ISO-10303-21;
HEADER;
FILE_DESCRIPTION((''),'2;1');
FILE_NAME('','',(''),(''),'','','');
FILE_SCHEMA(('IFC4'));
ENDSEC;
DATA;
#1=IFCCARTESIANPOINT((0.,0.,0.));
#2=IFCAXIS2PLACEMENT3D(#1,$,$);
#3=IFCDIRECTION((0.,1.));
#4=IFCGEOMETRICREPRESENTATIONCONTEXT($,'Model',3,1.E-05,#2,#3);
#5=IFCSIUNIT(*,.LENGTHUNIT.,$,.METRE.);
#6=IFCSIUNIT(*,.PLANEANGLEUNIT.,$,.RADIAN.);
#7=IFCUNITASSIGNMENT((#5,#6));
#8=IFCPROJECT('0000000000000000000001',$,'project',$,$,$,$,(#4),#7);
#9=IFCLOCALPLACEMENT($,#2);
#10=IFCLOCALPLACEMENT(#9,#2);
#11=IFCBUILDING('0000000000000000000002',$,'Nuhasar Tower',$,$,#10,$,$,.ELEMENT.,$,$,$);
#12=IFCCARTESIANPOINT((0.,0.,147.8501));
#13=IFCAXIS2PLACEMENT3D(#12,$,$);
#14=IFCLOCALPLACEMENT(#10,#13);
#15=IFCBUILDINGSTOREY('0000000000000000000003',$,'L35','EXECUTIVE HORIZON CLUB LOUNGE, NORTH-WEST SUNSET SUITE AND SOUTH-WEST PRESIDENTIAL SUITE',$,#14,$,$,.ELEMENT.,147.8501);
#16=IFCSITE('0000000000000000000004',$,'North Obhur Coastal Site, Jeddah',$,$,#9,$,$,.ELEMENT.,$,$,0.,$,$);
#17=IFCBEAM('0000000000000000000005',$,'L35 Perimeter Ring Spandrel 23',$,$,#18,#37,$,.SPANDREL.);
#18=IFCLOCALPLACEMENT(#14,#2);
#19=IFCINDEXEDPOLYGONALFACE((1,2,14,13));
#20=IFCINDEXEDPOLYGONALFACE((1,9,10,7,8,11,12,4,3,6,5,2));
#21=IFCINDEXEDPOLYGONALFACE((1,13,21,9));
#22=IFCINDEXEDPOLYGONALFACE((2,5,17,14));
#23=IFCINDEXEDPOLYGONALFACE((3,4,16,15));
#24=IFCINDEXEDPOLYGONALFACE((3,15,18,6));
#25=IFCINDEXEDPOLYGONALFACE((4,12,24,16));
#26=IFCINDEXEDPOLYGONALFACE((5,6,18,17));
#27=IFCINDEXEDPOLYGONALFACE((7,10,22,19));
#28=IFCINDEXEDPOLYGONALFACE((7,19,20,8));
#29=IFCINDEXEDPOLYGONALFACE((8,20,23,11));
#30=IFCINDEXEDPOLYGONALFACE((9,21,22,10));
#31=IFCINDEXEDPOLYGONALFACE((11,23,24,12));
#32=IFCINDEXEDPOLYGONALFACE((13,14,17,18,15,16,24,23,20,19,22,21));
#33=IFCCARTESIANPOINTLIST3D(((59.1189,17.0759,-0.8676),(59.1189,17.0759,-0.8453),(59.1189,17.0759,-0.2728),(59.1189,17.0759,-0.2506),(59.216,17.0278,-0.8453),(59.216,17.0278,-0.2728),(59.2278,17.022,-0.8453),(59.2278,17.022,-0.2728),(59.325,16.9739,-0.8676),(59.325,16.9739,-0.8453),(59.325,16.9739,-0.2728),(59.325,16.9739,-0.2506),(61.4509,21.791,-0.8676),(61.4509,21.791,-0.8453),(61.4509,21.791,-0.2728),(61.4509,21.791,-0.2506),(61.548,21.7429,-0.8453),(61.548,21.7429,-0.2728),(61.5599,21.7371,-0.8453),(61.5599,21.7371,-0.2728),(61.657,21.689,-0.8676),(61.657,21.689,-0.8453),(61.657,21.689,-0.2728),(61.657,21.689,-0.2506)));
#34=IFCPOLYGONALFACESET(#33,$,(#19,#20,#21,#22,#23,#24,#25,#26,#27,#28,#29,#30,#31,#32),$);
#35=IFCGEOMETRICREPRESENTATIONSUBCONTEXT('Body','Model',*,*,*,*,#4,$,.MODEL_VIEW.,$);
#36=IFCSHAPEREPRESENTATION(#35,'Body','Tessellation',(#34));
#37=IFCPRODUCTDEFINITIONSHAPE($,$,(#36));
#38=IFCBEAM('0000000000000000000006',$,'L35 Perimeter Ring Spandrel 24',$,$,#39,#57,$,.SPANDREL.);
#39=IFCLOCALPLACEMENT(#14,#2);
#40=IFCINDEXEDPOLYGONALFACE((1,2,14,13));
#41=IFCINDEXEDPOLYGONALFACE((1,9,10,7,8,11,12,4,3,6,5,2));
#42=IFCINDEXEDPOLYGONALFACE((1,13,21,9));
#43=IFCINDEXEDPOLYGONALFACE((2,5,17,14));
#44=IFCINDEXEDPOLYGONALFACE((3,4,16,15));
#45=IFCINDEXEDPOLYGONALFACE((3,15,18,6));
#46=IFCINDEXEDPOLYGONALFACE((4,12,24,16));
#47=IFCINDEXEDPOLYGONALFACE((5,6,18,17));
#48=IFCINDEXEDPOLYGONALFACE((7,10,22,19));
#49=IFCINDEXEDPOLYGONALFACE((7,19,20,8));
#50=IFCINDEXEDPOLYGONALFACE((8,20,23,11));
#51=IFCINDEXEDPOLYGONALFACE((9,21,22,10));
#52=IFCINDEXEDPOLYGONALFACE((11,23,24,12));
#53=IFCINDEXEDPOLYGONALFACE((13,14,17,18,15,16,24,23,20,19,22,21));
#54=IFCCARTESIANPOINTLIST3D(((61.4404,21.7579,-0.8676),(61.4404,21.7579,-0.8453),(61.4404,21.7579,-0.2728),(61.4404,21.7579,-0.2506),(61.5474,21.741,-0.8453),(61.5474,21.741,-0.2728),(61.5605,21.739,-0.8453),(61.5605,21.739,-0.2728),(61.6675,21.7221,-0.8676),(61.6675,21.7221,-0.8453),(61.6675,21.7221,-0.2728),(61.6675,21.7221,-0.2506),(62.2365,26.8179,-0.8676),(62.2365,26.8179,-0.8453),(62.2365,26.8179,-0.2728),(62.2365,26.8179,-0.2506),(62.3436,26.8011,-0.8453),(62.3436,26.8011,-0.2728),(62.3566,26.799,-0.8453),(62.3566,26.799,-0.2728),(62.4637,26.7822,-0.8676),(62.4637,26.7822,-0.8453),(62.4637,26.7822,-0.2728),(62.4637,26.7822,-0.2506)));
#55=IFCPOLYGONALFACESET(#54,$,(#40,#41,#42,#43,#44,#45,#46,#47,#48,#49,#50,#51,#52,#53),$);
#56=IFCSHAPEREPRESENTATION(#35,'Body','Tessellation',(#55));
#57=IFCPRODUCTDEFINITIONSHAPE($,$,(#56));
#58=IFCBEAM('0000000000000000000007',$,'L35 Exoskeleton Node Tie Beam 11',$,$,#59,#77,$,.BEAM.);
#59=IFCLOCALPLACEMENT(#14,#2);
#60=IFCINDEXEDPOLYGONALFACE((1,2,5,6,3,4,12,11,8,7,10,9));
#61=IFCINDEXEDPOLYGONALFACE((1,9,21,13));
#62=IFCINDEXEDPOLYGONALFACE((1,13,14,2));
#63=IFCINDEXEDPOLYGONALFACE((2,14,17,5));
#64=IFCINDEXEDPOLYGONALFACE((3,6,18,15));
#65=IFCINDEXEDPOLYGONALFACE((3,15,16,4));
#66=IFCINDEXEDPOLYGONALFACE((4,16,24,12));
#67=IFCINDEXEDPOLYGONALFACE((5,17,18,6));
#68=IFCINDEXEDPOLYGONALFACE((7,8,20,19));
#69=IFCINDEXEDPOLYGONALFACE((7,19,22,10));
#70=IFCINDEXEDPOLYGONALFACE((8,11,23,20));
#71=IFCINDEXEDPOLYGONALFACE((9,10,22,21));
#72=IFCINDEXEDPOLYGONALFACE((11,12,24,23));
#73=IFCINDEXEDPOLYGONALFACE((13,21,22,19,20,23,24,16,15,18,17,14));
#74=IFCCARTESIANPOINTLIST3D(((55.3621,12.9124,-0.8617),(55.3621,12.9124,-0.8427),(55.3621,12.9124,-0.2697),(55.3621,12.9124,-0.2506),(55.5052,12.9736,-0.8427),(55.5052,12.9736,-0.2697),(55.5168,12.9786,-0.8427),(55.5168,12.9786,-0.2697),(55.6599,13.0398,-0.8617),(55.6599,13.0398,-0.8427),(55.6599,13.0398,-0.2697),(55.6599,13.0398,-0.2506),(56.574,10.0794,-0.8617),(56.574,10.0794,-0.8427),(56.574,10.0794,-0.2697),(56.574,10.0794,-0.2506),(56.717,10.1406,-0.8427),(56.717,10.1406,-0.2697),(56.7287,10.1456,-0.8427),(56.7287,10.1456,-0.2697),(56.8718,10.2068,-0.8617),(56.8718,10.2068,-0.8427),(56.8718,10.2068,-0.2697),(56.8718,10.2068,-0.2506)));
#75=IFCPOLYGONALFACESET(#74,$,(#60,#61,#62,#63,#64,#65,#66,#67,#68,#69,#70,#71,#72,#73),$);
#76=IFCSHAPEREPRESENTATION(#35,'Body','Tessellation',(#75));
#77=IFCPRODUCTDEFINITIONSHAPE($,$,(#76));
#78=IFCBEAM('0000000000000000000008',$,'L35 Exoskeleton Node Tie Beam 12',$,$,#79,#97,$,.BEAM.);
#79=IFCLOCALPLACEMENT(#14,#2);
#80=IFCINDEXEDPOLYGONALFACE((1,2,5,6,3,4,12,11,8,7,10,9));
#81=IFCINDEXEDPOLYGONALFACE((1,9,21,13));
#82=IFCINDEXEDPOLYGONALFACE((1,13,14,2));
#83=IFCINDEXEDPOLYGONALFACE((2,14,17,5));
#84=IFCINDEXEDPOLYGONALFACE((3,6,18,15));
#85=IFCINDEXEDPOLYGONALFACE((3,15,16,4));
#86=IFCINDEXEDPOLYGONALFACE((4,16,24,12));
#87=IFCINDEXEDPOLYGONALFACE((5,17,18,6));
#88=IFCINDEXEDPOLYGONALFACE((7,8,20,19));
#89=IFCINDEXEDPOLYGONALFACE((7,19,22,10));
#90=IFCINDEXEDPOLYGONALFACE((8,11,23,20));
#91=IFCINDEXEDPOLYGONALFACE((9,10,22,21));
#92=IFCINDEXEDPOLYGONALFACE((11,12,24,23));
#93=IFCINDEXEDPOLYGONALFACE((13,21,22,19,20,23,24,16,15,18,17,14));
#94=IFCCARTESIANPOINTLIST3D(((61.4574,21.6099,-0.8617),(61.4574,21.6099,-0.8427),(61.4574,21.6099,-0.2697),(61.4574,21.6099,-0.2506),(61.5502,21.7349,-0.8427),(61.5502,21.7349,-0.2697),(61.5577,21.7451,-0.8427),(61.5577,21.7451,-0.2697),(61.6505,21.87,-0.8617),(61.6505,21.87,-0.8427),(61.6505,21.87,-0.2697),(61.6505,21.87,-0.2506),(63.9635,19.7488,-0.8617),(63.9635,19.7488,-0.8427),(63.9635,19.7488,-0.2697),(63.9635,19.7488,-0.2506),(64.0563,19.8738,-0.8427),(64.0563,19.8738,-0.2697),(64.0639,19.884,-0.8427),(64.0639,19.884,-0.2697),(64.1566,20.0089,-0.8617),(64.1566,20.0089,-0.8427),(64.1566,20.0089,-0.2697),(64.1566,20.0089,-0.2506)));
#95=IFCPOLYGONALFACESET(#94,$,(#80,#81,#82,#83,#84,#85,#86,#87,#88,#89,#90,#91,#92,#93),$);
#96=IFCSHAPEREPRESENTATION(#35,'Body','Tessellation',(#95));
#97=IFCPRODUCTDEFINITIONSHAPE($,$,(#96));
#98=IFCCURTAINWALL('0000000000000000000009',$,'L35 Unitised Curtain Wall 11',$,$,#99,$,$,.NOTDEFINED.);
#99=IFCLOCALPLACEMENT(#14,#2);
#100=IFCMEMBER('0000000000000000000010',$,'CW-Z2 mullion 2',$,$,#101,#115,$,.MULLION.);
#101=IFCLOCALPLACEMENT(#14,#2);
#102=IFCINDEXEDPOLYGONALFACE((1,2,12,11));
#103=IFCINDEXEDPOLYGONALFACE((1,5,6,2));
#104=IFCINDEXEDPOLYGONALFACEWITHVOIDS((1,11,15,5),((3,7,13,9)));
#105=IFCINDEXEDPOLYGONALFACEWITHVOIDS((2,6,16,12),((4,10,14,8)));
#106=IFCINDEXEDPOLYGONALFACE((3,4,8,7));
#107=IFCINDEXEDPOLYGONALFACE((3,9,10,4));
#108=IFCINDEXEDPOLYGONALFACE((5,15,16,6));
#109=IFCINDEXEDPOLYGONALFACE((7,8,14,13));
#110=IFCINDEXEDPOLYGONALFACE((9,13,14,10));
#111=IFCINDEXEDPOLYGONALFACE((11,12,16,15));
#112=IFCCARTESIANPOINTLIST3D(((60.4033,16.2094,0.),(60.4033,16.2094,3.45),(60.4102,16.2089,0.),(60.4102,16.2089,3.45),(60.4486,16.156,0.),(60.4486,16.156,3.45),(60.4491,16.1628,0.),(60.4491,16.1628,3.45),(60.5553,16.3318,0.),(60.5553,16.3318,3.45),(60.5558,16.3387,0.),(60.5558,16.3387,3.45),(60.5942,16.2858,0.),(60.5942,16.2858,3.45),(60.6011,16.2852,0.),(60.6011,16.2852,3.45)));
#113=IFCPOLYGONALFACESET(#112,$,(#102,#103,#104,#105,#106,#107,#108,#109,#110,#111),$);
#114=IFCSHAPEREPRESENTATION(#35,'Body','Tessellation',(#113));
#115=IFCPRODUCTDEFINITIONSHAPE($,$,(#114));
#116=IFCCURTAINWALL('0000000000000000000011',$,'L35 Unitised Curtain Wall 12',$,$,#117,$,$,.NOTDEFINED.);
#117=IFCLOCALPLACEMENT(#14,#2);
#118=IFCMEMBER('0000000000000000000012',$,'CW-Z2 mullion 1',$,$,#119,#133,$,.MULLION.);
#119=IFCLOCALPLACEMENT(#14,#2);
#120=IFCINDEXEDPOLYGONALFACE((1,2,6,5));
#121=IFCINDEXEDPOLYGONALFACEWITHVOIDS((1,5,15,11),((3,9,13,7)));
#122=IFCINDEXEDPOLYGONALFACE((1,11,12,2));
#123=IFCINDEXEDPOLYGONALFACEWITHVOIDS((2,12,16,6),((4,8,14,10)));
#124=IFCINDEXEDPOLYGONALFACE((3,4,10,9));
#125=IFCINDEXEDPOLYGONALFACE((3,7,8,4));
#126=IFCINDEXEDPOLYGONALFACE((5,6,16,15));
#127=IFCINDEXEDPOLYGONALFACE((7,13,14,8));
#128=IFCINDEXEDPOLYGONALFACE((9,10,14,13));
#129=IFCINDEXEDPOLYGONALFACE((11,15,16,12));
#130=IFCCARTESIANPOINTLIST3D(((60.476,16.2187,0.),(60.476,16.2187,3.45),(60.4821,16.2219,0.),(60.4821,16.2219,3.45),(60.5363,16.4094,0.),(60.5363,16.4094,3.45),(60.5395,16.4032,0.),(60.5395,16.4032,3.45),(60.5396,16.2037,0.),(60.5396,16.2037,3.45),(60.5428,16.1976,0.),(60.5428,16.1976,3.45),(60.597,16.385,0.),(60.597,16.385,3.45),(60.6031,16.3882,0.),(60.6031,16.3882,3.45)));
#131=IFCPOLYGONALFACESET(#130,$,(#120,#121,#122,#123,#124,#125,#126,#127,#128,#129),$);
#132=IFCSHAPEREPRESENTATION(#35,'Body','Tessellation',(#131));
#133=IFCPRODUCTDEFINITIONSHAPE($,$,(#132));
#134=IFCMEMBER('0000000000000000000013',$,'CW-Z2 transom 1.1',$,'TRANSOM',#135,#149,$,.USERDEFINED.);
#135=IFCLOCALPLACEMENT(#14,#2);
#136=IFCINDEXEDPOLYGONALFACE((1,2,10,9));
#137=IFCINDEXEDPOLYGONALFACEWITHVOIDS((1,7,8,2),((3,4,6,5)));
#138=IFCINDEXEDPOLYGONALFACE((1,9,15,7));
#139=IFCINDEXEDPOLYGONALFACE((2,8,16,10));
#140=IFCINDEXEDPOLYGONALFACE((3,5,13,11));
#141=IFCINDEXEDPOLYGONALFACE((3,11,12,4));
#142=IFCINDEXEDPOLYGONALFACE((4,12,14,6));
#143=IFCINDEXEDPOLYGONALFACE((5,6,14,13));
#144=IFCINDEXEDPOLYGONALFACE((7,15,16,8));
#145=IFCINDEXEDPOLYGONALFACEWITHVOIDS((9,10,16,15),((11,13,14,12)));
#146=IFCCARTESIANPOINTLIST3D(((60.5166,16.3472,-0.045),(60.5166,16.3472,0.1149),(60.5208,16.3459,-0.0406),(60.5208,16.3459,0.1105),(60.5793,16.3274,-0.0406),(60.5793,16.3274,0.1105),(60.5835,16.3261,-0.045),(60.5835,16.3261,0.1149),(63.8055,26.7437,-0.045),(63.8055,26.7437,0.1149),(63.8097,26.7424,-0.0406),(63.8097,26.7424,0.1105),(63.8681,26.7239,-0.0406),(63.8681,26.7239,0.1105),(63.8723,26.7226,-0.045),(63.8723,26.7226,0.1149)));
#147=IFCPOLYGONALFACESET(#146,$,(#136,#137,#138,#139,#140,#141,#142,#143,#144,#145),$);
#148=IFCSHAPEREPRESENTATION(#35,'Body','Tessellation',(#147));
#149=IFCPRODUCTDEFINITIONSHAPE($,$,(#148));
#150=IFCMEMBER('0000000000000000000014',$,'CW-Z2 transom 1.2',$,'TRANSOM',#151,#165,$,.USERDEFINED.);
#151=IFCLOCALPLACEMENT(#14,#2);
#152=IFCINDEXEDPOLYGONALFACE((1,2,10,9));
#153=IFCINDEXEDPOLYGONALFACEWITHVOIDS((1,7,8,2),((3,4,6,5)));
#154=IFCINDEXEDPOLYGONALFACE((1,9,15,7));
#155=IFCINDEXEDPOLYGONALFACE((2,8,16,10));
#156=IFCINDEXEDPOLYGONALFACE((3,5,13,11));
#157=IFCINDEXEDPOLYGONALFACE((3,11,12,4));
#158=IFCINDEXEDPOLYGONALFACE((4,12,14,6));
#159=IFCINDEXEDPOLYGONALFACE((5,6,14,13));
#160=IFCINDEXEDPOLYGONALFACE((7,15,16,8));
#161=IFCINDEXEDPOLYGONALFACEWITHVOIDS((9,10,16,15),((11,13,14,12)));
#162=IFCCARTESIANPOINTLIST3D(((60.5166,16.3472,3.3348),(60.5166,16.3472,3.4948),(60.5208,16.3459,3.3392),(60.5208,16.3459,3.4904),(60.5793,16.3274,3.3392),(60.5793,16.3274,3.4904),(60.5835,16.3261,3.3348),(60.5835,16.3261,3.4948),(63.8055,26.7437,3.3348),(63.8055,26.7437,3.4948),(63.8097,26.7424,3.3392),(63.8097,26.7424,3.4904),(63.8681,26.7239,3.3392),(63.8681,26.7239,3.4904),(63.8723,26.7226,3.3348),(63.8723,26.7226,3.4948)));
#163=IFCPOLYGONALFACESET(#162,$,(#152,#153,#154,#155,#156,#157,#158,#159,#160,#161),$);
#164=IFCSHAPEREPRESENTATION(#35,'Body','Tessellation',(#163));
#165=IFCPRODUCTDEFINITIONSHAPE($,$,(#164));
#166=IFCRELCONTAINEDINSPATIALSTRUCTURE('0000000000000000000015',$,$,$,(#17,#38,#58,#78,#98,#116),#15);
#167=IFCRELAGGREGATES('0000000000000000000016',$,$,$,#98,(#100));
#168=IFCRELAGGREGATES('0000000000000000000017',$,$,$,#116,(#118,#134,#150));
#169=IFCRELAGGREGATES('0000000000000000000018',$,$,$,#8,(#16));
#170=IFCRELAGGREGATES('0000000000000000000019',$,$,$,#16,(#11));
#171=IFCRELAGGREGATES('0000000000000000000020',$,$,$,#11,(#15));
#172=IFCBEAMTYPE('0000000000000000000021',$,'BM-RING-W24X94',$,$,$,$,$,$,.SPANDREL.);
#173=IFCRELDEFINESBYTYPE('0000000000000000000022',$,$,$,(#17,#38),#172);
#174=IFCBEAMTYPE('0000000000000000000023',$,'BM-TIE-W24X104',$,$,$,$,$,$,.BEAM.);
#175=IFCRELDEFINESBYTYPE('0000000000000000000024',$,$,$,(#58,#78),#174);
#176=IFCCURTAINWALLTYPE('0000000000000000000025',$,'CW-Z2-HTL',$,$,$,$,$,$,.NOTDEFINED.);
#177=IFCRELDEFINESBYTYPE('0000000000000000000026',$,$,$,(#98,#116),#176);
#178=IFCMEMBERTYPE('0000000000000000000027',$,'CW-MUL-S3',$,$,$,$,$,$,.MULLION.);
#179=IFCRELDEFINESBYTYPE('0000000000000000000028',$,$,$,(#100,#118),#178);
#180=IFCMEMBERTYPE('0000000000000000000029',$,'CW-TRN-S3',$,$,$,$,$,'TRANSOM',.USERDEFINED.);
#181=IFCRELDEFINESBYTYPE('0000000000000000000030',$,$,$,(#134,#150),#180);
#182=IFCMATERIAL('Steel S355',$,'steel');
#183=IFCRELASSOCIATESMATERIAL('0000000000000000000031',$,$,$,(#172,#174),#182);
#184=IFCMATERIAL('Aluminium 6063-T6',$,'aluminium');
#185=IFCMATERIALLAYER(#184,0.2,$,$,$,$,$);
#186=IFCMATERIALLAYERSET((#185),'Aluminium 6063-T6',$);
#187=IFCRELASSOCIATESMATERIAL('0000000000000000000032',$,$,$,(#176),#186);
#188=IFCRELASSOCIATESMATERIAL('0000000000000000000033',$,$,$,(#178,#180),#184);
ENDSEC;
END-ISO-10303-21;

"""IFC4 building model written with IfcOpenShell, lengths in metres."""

from ifc_helpers import new_model, si_unit, direction, frame, origin, origin_2d, place, context, subcontext, project, spatial, hollow_rectangle, i_section, extrude, material, layer, layer_set, material_profile, profile_set, type_object, element, aggregate, save


model = new_model("IFC4")

# Units and contexts
model_context = context("Model", 3, precision=1e-05, world=origin(), true_north=direction((0.0, 1.0)))
body_context = subcontext(model_context, "Body", "Model", "MODEL_VIEW")
ifc_project = project(units=[si_unit("LENGTHUNIT", "METRE"), si_unit("PLANEANGLEUNIT", "RADIAN")], contexts=[model_context])

# Site, building, storey
site_placement = place(None, origin())
site = spatial("IfcSite", under=ifc_project, at=site_placement, Name="North Obhur Coastal Site, Jeddah", CompositionType="ELEMENT", RefElevation=0.0)
building_placement = place(site_placement, origin())
building = spatial("IfcBuilding", under=site, at=building_placement, Name="Nuhasar Tower", CompositionType="ELEMENT")
storey_placement = place(building_placement, frame((0.0, 0.0, 147.8501)))
storey = spatial("IfcBuildingStorey", under=building, at=storey_placement, Name="L35", Description="EXECUTIVE HORIZON CLUB LOUNGE, NORTH-WEST SUNSET SUITE AND SOUTH-WEST PRESIDENTIAL SUITE", CompositionType="ELEMENT", Elevation=147.8501)

# Beams
ifc_material_1 = material(Name="Steel S355", Category="steel")
ifc_material_profile_1 = material_profile(ifc_material_1, i_section(OverallWidth=0.23, OverallDepth=0.6169, WebThickness=0.0132, FlangeThickness=0.0222, at=origin_2d()), Name="W24X94")
ifc_profile_set_1 = profile_set([ifc_material_profile_1], Name="Steel S355")
beam_type_1 = type_object("IfcBeamType", Name="BM-RING-W24X94", PredefinedType="SPANDREL", material=ifc_profile_set_1)
beam_1_placement = place(storey_placement, frame((59.2219, 17.0249, -0.5591), z_axis=(0.443329, 0.896359, 0.0), x_axis=(-0.896359, 0.443329, 0.0)))
element("IfcBeam", 1, at=beam_1_placement, inside=storey, type_object=beam_type_1, Name="L35 Perimeter Ring Spandrel 23", PredefinedType="SPANDREL", context=body_context, shape_type="SweptSolid", body=[
    extrude(i_section(OverallWidth=0.23, OverallDepth=0.6169, WebThickness=0.0132, FlangeThickness=0.0222, at=origin_2d()), origin(), (0.0, 0.0, 1.0), 5.2603),
])
beam_2_placement = place(storey_placement, frame((61.554, 21.74, -0.5591), z_axis=(0.155427, 0.987847, 0.0), x_axis=(-0.987847, 0.155427, 0.0)))
element("IfcBeam", 2, at=beam_2_placement, inside=storey, type_object=beam_type_1, Name="L35 Perimeter Ring Spandrel 24", PredefinedType="SPANDREL", context=body_context, shape_type="SweptSolid", body=[
    extrude(i_section(OverallWidth=0.23, OverallDepth=0.6169, WebThickness=0.0132, FlangeThickness=0.0222, at=origin_2d()), origin(), (0.0, 0.0, 1.0), 5.1223),
])
ifc_material_profile_2 = material_profile(ifc_material_1, i_section(OverallWidth=0.324, OverallDepth=0.6111, WebThickness=0.0127, FlangeThickness=0.019, at=origin_2d()), Name="W24X104")
ifc_profile_set_2 = profile_set([ifc_material_profile_2], Name="Steel S355")
beam_type_2 = type_object("IfcBeamType", Name="BM-TIE-W24X104", PredefinedType="BEAM", material=ifc_profile_set_2)
beam_3_placement = place(storey_placement, frame((55.511, 12.9761, -0.5562), z_axis=(0.393307, -0.919407, 0.0), x_axis=(0.919407, 0.393307, 0.0)))
element("IfcBeam", 3, at=beam_3_placement, inside=storey, type_object=beam_type_2, Name="L35 Exoskeleton Node Tie Beam 11", PredefinedType="BEAM", context=body_context, shape_type="SweptSolid", body=[
    extrude(i_section(OverallWidth=0.324, OverallDepth=0.6111, WebThickness=0.0127, FlangeThickness=0.019, at=origin_2d()), origin(), (0.0, 0.0, 1.0), 3.0813),
])
beam_4_placement = place(storey_placement, frame((61.554, 21.74, -0.5562), z_axis=(0.802835, -0.596202, 0.0), x_axis=(0.596202, 0.802835, 0.0)))
element("IfcBeam", 4, at=beam_4_placement, inside=storey, type_object=beam_type_2, Name="L35 Exoskeleton Node Tie Beam 12", PredefinedType="BEAM", context=body_context, shape_type="SweptSolid", body=[
    extrude(i_section(OverallWidth=0.324, OverallDepth=0.6111, WebThickness=0.0127, FlangeThickness=0.019, at=origin_2d()), origin(), (0.0, 0.0, 1.0), 3.1216),
])

# Curtain wall, member
ifc_material_2 = material(Name="Aluminium 6063-T6", Category="aluminium")
ifc_layer_1 = layer(ifc_material_2, 0.2)
ifc_layer_set_1 = layer_set([ifc_layer_1], Name="Aluminium 6063-T6")
curtain_wall_type = type_object("IfcCurtainWallType", Name="CW-Z2-HTL", PredefinedType="NOTDEFINED", material=ifc_layer_set_1)
curtain_wall_1_placement = place(storey_placement, origin())
curtain_wall_1 = element("IfcCurtainWall", 5, at=curtain_wall_1_placement, inside=storey, type_object=curtain_wall_type, Name="L35 Unitised Curtain Wall 11", PredefinedType="NOTDEFINED")
ifc_material_profile_3 = material_profile(ifc_material_2, hollow_rectangle(XDim=0.0701, YDim=0.2, WallThickness=0.0049, at=origin_2d()), Name="CWM-3")
ifc_profile_set_3 = profile_set([ifc_material_profile_3], Name="Aluminium 6063-T6")
member_type_1 = type_object("IfcMemberType", Name="CW-MUL-S3", PredefinedType="MULLION", material=ifc_profile_set_3)
member_1_placement = place(storey_placement, frame((60.5022, 16.2473, 0.0), z_axis=(0.0, 0.0, 1.0), x_axis=(-0.646374, 0.76302, 0.0)))
member_1 = element("IfcMember", 6, at=member_1_placement, type_object=member_type_1, Name="CW-Z2 mullion 2", PredefinedType="MULLION", context=body_context, shape_type="SweptSolid", body=[
    extrude(hollow_rectangle(XDim=0.0701, YDim=0.2, WallThickness=0.0049, at=origin_2d()), origin(), (0.0, 0.0, 1.0), 3.45),
])

# Curtain wall, members
curtain_wall_2_placement = place(storey_placement, origin())
curtain_wall_2 = element("IfcCurtainWall", 7, at=curtain_wall_2_placement, inside=storey, type_object=curtain_wall_type, Name="L35 Unitised Curtain Wall 12", PredefinedType="NOTDEFINED")
member_2_placement = place(storey_placement, frame((60.5396, 16.3035, 0.0), z_axis=(0.0, 0.0, 1.0), x_axis=(-0.953433, 0.301604, 0.0)))
member_2 = element("IfcMember", 8, at=member_2_placement, type_object=member_type_1, Name="CW-Z2 mullion 1", PredefinedType="MULLION", context=body_context, shape_type="SweptSolid", body=[
    extrude(hollow_rectangle(XDim=0.0701, YDim=0.2, WallThickness=0.0049, at=origin_2d()), origin(), (0.0, 0.0, 1.0), 3.45),
])
ifc_material_profile_4 = material_profile(ifc_material_2, hollow_rectangle(XDim=0.0701, YDim=0.1599, WallThickness=0.0044, at=origin_2d()), Name="CWT-3")
ifc_profile_set_4 = profile_set([ifc_material_profile_4], Name="Aluminium 6063-T6")
member_type_2 = type_object("IfcMemberType", Name="CW-TRN-S3", ElementType="TRANSOM", PredefinedType="USERDEFINED", material=ifc_profile_set_4)
member_3_placement = place(storey_placement, frame((60.55, 16.3367, 0.0349), z_axis=(0.301608, 0.953432, 0.0), x_axis=(-0.953432, 0.301608, 0.0)))
member_3 = element("IfcMember", 9, at=member_3_placement, type_object=member_type_2, Name="CW-Z2 transom 1.1", ObjectType="TRANSOM", PredefinedType="USERDEFINED", context=body_context, shape_type="SweptSolid", body=[
    extrude(hollow_rectangle(XDim=0.0701, YDim=0.1599, WallThickness=0.0044, at=origin_2d()), origin(), (0.0, 0.0, 1.0), 10.9043),
])
member_4_placement = place(storey_placement, frame((60.55, 16.3367, 3.4148), z_axis=(0.301608, 0.953432, 0.0), x_axis=(-0.953432, 0.301608, 0.0)))
member_4 = element("IfcMember", 10, at=member_4_placement, type_object=member_type_2, Name="CW-Z2 transom 1.2", ObjectType="TRANSOM", PredefinedType="USERDEFINED", context=body_context, shape_type="SweptSolid", body=[
    extrude(hollow_rectangle(XDim=0.0701, YDim=0.1599, WallThickness=0.0044, at=origin_2d()), origin(), (0.0, 0.0, 1.0), 10.9043),
])

aggregate(curtain_wall_1, [member_1])
aggregate(curtain_wall_2, [member_2, member_3, member_4])

save(model, "model.ifc")
